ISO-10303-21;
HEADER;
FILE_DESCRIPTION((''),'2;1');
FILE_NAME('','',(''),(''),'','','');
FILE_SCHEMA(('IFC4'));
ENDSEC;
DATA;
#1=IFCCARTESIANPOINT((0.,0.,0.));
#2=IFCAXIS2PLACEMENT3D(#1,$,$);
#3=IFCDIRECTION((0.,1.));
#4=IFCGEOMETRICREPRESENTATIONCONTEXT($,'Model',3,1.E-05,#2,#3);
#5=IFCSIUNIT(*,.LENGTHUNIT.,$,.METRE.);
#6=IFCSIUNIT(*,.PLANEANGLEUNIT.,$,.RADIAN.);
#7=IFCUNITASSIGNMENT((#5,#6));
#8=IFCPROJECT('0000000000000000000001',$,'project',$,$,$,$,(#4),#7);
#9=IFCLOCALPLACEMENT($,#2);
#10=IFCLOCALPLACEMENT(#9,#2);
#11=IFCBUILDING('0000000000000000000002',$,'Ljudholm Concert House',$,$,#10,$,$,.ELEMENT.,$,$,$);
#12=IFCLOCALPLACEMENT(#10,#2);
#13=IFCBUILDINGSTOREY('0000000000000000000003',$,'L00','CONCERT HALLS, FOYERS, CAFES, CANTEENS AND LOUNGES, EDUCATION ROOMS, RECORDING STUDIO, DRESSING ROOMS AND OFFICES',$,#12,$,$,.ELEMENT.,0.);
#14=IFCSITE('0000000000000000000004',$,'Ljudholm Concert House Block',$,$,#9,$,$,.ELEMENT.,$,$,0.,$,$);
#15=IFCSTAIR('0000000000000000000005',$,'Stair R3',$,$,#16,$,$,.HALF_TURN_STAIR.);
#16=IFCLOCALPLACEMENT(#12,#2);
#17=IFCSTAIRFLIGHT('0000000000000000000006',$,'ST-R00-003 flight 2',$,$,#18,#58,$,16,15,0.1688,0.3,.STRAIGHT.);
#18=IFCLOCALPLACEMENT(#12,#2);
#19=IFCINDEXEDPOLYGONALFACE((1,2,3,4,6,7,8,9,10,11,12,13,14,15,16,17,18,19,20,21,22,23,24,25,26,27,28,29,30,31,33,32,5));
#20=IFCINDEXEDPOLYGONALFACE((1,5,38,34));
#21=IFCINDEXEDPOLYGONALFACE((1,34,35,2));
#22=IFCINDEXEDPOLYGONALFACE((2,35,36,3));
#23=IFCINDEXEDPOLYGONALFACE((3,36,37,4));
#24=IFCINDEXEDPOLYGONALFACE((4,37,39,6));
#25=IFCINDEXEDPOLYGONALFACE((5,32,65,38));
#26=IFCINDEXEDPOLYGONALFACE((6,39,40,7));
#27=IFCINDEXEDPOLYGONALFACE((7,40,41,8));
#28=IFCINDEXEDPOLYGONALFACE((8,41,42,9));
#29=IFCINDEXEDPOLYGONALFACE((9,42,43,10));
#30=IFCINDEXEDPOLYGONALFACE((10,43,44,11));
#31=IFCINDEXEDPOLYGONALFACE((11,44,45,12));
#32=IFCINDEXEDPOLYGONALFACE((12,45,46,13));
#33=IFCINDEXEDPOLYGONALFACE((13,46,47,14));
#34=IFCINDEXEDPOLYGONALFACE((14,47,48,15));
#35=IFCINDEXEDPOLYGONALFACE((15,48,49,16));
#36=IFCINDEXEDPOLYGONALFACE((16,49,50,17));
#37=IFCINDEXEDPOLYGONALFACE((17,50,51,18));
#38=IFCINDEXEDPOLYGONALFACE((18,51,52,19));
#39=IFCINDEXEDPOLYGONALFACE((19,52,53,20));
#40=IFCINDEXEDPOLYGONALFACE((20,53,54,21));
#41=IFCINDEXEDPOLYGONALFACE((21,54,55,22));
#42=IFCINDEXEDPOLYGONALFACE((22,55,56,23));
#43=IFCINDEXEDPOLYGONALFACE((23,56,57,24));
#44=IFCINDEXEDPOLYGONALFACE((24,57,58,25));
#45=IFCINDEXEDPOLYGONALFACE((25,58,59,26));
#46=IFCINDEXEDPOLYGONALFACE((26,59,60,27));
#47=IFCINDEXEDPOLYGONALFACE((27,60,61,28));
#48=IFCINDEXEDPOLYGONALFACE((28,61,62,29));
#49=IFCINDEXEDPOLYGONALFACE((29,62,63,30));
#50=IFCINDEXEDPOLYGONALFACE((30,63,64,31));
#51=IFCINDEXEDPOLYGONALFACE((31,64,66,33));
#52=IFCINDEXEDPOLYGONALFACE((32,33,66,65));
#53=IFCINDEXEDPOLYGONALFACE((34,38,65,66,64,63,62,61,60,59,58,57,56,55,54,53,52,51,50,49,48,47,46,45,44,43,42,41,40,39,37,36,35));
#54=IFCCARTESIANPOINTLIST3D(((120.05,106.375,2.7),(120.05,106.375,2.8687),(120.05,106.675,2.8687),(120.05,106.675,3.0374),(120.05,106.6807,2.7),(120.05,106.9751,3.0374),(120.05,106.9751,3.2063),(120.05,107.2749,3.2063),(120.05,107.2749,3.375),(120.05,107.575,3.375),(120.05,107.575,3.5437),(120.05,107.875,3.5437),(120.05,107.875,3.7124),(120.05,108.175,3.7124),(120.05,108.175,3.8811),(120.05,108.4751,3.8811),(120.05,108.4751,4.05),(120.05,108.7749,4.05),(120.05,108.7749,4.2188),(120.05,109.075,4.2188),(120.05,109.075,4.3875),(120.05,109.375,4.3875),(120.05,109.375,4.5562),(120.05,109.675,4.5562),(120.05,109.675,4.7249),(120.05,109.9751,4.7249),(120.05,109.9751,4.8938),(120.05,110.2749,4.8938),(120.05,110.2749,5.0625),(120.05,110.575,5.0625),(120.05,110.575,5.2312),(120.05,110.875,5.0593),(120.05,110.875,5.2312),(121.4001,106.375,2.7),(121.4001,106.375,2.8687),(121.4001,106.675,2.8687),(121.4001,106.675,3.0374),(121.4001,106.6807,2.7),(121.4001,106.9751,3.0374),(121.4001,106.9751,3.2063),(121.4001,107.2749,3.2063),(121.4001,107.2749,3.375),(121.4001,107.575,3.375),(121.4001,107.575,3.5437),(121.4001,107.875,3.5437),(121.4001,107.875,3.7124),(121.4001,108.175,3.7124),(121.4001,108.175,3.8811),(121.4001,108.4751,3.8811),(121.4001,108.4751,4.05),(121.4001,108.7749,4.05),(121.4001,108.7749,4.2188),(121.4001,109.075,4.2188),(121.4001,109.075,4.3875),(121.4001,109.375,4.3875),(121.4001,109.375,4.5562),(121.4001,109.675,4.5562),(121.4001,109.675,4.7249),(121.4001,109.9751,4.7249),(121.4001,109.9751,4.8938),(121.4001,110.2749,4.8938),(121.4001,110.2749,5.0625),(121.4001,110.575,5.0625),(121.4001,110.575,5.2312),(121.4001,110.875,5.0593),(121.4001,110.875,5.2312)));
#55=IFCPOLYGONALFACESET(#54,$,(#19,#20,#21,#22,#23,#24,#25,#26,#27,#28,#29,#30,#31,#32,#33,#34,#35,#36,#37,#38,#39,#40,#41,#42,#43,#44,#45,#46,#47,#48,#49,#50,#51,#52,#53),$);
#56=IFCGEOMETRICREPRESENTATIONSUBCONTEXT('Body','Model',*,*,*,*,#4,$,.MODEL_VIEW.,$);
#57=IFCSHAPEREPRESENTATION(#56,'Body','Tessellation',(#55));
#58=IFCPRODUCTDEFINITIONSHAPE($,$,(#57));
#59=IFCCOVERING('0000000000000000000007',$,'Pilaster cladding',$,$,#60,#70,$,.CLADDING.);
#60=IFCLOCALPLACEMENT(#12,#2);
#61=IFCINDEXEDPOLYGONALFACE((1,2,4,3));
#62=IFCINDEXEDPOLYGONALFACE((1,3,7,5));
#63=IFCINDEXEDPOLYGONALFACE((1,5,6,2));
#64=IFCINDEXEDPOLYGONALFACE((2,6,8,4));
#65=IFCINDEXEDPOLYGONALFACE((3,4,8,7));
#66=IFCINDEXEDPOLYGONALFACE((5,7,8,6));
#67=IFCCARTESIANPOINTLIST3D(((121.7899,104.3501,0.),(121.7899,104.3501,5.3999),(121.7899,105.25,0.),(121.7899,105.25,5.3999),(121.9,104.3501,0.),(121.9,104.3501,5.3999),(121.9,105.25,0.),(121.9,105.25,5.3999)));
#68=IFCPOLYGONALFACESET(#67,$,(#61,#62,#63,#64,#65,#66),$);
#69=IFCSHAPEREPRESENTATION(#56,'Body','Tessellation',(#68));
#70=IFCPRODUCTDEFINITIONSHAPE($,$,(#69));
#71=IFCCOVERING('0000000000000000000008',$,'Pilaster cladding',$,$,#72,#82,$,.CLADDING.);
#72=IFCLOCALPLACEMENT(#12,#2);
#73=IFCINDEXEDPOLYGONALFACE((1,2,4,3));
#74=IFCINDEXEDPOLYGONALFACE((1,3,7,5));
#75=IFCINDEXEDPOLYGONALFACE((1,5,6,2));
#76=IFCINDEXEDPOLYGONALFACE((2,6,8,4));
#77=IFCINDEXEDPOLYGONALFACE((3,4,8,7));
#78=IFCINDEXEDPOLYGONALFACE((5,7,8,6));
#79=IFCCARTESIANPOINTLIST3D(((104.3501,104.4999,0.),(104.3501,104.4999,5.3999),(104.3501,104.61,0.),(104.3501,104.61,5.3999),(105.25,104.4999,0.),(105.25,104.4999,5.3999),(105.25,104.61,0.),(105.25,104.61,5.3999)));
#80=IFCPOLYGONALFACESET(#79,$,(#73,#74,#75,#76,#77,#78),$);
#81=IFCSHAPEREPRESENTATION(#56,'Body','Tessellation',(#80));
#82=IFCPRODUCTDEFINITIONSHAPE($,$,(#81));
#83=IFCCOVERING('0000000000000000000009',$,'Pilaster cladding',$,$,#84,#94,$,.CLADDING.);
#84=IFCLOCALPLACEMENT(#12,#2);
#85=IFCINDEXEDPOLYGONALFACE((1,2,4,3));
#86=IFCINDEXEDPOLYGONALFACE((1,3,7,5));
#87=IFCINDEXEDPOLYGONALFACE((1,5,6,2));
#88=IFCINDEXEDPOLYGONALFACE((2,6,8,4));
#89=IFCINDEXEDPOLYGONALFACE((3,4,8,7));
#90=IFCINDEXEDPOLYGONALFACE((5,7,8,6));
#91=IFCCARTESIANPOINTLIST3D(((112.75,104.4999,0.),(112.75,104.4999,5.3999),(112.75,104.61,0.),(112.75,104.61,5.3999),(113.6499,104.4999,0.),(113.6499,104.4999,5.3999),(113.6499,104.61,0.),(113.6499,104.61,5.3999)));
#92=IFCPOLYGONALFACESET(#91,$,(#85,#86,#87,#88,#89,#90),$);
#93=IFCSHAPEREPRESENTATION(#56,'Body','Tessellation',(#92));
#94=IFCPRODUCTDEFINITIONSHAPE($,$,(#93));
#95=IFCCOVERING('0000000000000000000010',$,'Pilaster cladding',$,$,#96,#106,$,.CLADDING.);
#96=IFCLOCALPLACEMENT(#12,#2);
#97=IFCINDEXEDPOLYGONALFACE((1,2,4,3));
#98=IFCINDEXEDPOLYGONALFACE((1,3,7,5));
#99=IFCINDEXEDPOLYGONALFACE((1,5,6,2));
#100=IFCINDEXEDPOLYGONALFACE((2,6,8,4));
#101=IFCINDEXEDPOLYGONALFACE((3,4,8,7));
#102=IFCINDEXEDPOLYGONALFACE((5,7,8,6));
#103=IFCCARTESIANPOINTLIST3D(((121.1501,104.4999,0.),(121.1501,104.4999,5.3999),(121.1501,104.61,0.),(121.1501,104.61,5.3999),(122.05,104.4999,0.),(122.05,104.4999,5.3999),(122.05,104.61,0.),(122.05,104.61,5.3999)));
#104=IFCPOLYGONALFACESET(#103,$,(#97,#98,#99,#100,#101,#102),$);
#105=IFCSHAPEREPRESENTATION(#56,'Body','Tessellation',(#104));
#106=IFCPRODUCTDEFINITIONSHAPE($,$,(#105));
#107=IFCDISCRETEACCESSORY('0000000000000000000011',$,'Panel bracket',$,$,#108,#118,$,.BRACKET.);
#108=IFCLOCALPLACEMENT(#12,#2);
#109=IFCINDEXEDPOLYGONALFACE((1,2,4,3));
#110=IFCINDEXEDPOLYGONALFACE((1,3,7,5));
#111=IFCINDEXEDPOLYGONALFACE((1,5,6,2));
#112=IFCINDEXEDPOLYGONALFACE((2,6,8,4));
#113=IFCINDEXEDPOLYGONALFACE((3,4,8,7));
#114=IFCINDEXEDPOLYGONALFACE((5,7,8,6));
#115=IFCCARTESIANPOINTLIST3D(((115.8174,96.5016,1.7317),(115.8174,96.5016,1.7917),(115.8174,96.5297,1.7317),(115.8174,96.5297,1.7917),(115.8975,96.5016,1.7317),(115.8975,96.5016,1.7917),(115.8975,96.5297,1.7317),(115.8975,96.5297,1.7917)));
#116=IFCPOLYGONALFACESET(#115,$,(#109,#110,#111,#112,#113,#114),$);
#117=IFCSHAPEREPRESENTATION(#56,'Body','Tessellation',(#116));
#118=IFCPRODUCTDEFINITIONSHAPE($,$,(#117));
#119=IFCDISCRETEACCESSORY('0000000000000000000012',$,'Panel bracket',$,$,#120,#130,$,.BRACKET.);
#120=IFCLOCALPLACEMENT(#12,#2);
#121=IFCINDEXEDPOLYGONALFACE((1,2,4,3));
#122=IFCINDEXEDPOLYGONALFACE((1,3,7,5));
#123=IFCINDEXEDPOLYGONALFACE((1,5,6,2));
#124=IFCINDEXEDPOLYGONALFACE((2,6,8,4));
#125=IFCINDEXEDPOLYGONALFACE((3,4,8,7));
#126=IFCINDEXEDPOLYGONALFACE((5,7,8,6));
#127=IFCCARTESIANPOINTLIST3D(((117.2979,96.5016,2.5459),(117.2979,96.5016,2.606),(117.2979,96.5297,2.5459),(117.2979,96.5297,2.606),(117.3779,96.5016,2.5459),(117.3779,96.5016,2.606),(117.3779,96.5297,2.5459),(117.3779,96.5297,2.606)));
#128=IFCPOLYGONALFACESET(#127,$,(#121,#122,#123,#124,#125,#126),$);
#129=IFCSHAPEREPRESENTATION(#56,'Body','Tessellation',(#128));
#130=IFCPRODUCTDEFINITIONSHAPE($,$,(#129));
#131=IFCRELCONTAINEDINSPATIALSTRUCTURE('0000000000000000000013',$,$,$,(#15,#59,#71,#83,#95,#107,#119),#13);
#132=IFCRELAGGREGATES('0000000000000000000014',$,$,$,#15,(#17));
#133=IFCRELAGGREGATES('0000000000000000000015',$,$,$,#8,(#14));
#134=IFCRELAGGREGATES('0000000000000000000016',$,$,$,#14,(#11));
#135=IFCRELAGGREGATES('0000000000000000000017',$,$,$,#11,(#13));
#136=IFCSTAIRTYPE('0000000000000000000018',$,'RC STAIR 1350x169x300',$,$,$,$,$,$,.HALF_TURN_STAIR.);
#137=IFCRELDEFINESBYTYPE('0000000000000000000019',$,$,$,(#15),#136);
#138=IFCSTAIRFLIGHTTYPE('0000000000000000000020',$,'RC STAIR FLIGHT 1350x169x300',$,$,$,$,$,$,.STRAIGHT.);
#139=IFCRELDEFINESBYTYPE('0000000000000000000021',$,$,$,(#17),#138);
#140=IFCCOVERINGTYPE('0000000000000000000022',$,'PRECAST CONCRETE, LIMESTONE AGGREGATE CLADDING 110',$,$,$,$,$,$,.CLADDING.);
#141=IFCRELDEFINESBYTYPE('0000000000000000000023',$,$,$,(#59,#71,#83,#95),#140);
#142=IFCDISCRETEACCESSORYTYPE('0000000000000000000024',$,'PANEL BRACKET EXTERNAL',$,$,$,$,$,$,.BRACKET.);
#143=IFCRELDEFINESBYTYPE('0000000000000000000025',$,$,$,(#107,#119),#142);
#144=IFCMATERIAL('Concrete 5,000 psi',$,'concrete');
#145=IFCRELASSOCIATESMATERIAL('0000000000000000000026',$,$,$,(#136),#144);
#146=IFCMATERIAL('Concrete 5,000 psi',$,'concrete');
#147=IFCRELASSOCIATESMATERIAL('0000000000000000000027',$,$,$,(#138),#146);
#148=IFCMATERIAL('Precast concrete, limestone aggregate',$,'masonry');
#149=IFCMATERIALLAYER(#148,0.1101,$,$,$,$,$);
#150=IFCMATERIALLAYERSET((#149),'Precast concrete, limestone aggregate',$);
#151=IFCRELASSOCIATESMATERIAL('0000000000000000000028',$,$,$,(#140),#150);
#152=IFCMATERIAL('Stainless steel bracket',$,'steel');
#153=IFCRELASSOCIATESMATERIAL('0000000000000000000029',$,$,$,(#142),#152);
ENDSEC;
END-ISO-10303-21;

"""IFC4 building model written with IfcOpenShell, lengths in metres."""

from ifc_helpers import new_model, si_unit, direction, frame, origin, origin_2d, place, context, subcontext, project, spatial, polyline, rectangle, outline, extrude, material, layer, layer_set, type_object, element, aggregate, save


model = new_model("IFC4")

# Units and contexts
model_context = context("Model", 3, precision=1e-05, world=origin(), true_north=direction((0.0, 1.0)))
body_context = subcontext(model_context, "Body", "Model", "MODEL_VIEW")
ifc_project = project(units=[si_unit("LENGTHUNIT", "METRE"), si_unit("PLANEANGLEUNIT", "RADIAN")], contexts=[model_context])

# Site, building, storey
site_placement = place(None, origin())
site = spatial("IfcSite", under=ifc_project, at=site_placement, Name="Ljudholm Concert House Block", CompositionType="ELEMENT", RefElevation=0.0)
building_placement = place(site_placement, origin())
building = spatial("IfcBuilding", under=site, at=building_placement, Name="Ljudholm Concert House", CompositionType="ELEMENT")
storey_placement = place(building_placement, origin())
storey = spatial("IfcBuildingStorey", under=building, at=storey_placement, Name="L00", Description="CONCERT HALLS, FOYERS, CAFES, CANTEENS AND LOUNGES, EDUCATION ROOMS, RECORDING STUDIO, DRESSING ROOMS AND OFFICES", CompositionType="ELEMENT", Elevation=0.0)

# Stair, stair flight
ifc_material_1 = material(Name="Concrete 5,000 psi", Category="concrete")
stair_type = type_object("IfcStairType", Name="RC STAIR 1350x169x300", PredefinedType="HALF_TURN_STAIR", material=ifc_material_1)
stair_placement = place(storey_placement, origin())
stair = element("IfcStair", 1, at=stair_placement, inside=storey, type_object=stair_type, Name="Stair R3", PredefinedType="HALF_TURN_STAIR")
ifc_material_2 = material(Name="Concrete 5,000 psi", Category="concrete")
stair_flight_type = type_object("IfcStairFlightType", Name="RC STAIR FLIGHT 1350x169x300", PredefinedType="STRAIGHT", material=ifc_material_2)
stair_flight_1_placement = place(storey_placement, frame((120.7251, 106.375, 2.7), z_axis=(0.0, 0.0, 1.0), x_axis=(0.0, 1.0, 0.0)))
stair_flight_1 = element("IfcStairFlight", 2, at=stair_flight_1_placement, type_object=stair_flight_type, Name="ST-R00-003 flight 2", NumberOfRisers=16, NumberOfTreads=15, PredefinedType="STRAIGHT", RiserHeight=0.1688, TreadLength=0.3, context=body_context, shape_type="SweptSolid", body=[
    extrude(outline(polyline([(0.0, 0.0), (0.0, 0.1687), (0.3, 0.1687), (0.3, 0.3374), (0.6001, 0.3374), (0.6001, 0.5063), (0.8999, 0.5063), (0.8999, 0.675), (1.2, 0.675), (1.2, 0.8438), (1.5, 0.8438), (1.5, 1.0125), (1.8, 1.0125), (1.8, 1.1812), (2.1001, 1.1812), (2.1001, 1.3501), (2.3999, 1.3501), (2.3999, 1.5188), (2.7, 1.5188), (2.7, 1.6875), (3.0, 1.6875), (3.0, 1.8562), (3.3, 1.8562), (3.3, 2.0249), (3.6001, 2.0249), (3.6001, 2.1938), (3.8999, 2.1938), (3.8999, 2.3625), (4.2, 2.3625), (4.2, 2.5312), (4.5, 2.5312), (4.5, 2.7), (4.5, 2.3594), (0.3057, 0.0), (0.0, 0.0)])), frame((0.0, 0.675, 0.0), z_axis=(0.0, -1.0, 0.0), x_axis=(1.0, 0.0, 0.0)), (0.0, 0.0, 1.0), 1.3501),
])
aggregate(stair, [stair_flight_1])

# Coverings
ifc_material_3 = material(Name="Precast concrete, limestone aggregate", Category="masonry")
ifc_layer_1 = layer(ifc_material_3, 0.1101)
ifc_layer_set_1 = layer_set([ifc_layer_1], Name="Precast concrete, limestone aggregate")
covering_type = type_object("IfcCoveringType", Name="PRECAST CONCRETE, LIMESTONE AGGREGATE CLADDING 110", PredefinedType="CLADDING", material=ifc_layer_set_1)
for number, where, z_axis, x_axis, name in (
    (3, (121.845, 104.8, 0.0), (0.0, 0.0, 1.0), (1.0, 0.0, 0.0), "Pilaster cladding"),
    (4, (104.8, 104.5549, 0.0), (0.0, 0.0, 1.0), (0.0, -1.0, 0.0), "Pilaster cladding"),
    (5, (113.2, 104.5549, 0.0), (0.0, 0.0, 1.0), (0.0, -1.0, 0.0), "Pilaster cladding"),
    (6, (121.6001, 104.5549, 0.0), (0.0, 0.0, 1.0), (0.0, -1.0, 0.0), "Pilaster cladding"),
):
    element("IfcCovering", number, at=place(storey_placement, frame(where, z_axis=z_axis, x_axis=x_axis)), inside=storey, type_object=covering_type, Name=name, PredefinedType="CLADDING", context=body_context, shape_type="SweptSolid", body=[
        extrude(rectangle(XDim=0.1101, YDim=0.8999, at=origin_2d()), origin(), (0.0, 0.0, 1.0), 5.3999),
    ])

# Discrete accessories
ifc_material_4 = material(Name="Stainless steel bracket", Category="steel")
discrete_accessory_type = type_object("IfcDiscreteAccessoryType", Name="PANEL BRACKET EXTERNAL", PredefinedType="BRACKET", material=ifc_material_4)
for number, where, z_axis, x_axis, name in (
    (7, (115.8574, 96.5156, 1.7317), (0.0, 0.0, 1.0), (0.0, 1.0, 0.0), "Panel bracket"),
    (8, (117.3379, 96.5156, 2.5459), (0.0, 0.0, 1.0), (0.0, 1.0, 0.0), "Panel bracket"),
):
    element("IfcDiscreteAccessory", number, at=place(storey_placement, frame(where, z_axis=z_axis, x_axis=x_axis)), inside=storey, type_object=discrete_accessory_type, Name=name, PredefinedType="BRACKET", context=body_context, shape_type="SweptSolid", body=[
        extrude(rectangle(XDim=0.0281, YDim=0.0801, at=origin_2d()), origin(), (0.0, 0.0, 1.0), 0.0601),
    ])

save(model, "model.ifc")
